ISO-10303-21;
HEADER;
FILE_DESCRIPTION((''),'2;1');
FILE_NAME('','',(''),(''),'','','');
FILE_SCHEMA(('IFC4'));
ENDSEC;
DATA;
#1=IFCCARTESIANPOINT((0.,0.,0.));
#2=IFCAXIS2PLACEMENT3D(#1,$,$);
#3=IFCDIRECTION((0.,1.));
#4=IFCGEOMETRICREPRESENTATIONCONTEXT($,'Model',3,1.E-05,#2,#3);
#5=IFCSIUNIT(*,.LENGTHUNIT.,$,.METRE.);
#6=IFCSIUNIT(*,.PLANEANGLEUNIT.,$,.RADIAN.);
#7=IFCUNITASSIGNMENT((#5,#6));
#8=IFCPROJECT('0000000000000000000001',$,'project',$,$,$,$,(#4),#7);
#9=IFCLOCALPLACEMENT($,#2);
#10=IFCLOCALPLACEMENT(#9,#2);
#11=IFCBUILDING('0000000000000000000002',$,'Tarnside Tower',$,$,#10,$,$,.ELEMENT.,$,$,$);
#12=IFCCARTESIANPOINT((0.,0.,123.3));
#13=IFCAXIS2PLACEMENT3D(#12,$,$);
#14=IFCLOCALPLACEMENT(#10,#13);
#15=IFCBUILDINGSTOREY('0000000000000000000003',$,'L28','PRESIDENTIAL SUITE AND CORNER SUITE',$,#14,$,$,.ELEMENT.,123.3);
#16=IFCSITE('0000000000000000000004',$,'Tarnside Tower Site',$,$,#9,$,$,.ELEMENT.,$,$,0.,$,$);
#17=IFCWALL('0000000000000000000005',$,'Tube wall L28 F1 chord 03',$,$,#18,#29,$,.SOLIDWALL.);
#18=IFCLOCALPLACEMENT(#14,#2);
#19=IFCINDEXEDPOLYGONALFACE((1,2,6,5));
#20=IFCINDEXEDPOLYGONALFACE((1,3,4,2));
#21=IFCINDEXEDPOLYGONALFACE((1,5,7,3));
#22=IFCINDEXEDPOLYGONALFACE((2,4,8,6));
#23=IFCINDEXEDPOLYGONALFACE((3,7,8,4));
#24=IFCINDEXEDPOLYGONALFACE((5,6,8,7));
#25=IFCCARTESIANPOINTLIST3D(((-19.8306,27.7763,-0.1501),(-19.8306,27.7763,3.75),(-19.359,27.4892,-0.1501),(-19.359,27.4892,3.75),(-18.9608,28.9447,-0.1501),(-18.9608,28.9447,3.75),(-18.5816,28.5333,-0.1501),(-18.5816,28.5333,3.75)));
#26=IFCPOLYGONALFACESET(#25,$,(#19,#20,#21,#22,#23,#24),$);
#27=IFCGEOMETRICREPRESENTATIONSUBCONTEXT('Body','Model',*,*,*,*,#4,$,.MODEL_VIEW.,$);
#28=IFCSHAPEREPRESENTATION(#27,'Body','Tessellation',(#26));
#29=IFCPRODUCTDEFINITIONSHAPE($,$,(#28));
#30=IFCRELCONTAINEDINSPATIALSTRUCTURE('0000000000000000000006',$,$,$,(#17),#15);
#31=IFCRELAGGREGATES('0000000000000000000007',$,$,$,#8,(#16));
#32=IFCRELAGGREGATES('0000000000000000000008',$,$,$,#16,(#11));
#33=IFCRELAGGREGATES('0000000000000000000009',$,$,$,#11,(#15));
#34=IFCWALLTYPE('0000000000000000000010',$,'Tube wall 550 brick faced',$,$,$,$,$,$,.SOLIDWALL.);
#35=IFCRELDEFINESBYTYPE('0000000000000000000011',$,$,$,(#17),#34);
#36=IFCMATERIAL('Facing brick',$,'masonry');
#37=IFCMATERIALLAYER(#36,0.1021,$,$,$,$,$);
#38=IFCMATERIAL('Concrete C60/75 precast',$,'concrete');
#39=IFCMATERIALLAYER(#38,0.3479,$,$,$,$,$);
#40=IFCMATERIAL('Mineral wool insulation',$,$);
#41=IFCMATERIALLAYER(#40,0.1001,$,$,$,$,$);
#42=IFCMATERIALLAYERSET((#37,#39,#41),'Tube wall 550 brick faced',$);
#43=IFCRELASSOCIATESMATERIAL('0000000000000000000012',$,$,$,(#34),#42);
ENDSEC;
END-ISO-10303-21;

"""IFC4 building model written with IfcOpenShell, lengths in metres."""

from ifc_helpers import new_model, si_unit, direction, frame, origin, place, context, subcontext, project, spatial, polyline, outline, extrude, material, layer, layer_set, type_object, element, save


model = new_model("IFC4")

# Units and contexts
model_context = context("Model", 3, precision=1e-05, world=origin(), true_north=direction((0.0, 1.0)))
body_context = subcontext(model_context, "Body", "Model", "MODEL_VIEW")
ifc_project = project(units=[si_unit("LENGTHUNIT", "METRE"), si_unit("PLANEANGLEUNIT", "RADIAN")], contexts=[model_context])

# Site, building, storey
site_placement = place(None, origin())
site = spatial("IfcSite", under=ifc_project, at=site_placement, Name="Tarnside Tower Site", CompositionType="ELEMENT", RefElevation=0.0)
building_placement = place(site_placement, origin())
building = spatial("IfcBuilding", under=site, at=building_placement, Name="Tarnside Tower", CompositionType="ELEMENT")
storey_placement = place(building_placement, frame((0.0, 0.0, 123.3)))
storey = spatial("IfcBuildingStorey", under=building, at=storey_placement, Name="L28", Description="PRESIDENTIAL SUITE AND CORNER SUITE", CompositionType="ELEMENT", Elevation=123.3)

# Wall
ifc_material_1 = material(Name="Facing brick", Category="masonry")
ifc_layer_1 = layer(ifc_material_1, 0.1021)
ifc_material_2 = material(Name="Concrete C60/75 precast", Category="concrete")
ifc_layer_2 = layer(ifc_material_2, 0.3479)
ifc_material_3 = material(Name="Mineral wool insulation")
ifc_layer_3 = layer(ifc_material_3, 0.1001)
ifc_layer_set_1 = layer_set([ifc_layer_1, ifc_layer_2, ifc_layer_3], Name="Tube wall 550 brick faced")
wall_type_1 = type_object("IfcWallType", Name="Tube wall 550 brick faced", PredefinedType="SOLIDWALL", material=ifc_layer_set_1)
wall_1_placement = place(storey_placement, frame((-18.7712, 28.739, -0.1501), z_axis=(0.0, 0.0, 1.0), x_axis=(-0.597135, -0.802141, 0.0)))
element("IfcWall", 1, at=wall_1_placement, inside=storey, type_object=wall_type_1, Name="Tube wall L28 F1 chord 03", PredefinedType="SOLIDWALL", context=body_context, shape_type="SweptSolid", body=[
    extrude(outline(polyline([(-0.0518, -0.2749), (1.4048, -0.2749), (1.3535, 0.2749), (0.0518, 0.2749), (-0.0518, -0.2749)])), origin(), (0.0, 0.0, 1.0), 3.9001),
])

save(model, "model.ifc")
